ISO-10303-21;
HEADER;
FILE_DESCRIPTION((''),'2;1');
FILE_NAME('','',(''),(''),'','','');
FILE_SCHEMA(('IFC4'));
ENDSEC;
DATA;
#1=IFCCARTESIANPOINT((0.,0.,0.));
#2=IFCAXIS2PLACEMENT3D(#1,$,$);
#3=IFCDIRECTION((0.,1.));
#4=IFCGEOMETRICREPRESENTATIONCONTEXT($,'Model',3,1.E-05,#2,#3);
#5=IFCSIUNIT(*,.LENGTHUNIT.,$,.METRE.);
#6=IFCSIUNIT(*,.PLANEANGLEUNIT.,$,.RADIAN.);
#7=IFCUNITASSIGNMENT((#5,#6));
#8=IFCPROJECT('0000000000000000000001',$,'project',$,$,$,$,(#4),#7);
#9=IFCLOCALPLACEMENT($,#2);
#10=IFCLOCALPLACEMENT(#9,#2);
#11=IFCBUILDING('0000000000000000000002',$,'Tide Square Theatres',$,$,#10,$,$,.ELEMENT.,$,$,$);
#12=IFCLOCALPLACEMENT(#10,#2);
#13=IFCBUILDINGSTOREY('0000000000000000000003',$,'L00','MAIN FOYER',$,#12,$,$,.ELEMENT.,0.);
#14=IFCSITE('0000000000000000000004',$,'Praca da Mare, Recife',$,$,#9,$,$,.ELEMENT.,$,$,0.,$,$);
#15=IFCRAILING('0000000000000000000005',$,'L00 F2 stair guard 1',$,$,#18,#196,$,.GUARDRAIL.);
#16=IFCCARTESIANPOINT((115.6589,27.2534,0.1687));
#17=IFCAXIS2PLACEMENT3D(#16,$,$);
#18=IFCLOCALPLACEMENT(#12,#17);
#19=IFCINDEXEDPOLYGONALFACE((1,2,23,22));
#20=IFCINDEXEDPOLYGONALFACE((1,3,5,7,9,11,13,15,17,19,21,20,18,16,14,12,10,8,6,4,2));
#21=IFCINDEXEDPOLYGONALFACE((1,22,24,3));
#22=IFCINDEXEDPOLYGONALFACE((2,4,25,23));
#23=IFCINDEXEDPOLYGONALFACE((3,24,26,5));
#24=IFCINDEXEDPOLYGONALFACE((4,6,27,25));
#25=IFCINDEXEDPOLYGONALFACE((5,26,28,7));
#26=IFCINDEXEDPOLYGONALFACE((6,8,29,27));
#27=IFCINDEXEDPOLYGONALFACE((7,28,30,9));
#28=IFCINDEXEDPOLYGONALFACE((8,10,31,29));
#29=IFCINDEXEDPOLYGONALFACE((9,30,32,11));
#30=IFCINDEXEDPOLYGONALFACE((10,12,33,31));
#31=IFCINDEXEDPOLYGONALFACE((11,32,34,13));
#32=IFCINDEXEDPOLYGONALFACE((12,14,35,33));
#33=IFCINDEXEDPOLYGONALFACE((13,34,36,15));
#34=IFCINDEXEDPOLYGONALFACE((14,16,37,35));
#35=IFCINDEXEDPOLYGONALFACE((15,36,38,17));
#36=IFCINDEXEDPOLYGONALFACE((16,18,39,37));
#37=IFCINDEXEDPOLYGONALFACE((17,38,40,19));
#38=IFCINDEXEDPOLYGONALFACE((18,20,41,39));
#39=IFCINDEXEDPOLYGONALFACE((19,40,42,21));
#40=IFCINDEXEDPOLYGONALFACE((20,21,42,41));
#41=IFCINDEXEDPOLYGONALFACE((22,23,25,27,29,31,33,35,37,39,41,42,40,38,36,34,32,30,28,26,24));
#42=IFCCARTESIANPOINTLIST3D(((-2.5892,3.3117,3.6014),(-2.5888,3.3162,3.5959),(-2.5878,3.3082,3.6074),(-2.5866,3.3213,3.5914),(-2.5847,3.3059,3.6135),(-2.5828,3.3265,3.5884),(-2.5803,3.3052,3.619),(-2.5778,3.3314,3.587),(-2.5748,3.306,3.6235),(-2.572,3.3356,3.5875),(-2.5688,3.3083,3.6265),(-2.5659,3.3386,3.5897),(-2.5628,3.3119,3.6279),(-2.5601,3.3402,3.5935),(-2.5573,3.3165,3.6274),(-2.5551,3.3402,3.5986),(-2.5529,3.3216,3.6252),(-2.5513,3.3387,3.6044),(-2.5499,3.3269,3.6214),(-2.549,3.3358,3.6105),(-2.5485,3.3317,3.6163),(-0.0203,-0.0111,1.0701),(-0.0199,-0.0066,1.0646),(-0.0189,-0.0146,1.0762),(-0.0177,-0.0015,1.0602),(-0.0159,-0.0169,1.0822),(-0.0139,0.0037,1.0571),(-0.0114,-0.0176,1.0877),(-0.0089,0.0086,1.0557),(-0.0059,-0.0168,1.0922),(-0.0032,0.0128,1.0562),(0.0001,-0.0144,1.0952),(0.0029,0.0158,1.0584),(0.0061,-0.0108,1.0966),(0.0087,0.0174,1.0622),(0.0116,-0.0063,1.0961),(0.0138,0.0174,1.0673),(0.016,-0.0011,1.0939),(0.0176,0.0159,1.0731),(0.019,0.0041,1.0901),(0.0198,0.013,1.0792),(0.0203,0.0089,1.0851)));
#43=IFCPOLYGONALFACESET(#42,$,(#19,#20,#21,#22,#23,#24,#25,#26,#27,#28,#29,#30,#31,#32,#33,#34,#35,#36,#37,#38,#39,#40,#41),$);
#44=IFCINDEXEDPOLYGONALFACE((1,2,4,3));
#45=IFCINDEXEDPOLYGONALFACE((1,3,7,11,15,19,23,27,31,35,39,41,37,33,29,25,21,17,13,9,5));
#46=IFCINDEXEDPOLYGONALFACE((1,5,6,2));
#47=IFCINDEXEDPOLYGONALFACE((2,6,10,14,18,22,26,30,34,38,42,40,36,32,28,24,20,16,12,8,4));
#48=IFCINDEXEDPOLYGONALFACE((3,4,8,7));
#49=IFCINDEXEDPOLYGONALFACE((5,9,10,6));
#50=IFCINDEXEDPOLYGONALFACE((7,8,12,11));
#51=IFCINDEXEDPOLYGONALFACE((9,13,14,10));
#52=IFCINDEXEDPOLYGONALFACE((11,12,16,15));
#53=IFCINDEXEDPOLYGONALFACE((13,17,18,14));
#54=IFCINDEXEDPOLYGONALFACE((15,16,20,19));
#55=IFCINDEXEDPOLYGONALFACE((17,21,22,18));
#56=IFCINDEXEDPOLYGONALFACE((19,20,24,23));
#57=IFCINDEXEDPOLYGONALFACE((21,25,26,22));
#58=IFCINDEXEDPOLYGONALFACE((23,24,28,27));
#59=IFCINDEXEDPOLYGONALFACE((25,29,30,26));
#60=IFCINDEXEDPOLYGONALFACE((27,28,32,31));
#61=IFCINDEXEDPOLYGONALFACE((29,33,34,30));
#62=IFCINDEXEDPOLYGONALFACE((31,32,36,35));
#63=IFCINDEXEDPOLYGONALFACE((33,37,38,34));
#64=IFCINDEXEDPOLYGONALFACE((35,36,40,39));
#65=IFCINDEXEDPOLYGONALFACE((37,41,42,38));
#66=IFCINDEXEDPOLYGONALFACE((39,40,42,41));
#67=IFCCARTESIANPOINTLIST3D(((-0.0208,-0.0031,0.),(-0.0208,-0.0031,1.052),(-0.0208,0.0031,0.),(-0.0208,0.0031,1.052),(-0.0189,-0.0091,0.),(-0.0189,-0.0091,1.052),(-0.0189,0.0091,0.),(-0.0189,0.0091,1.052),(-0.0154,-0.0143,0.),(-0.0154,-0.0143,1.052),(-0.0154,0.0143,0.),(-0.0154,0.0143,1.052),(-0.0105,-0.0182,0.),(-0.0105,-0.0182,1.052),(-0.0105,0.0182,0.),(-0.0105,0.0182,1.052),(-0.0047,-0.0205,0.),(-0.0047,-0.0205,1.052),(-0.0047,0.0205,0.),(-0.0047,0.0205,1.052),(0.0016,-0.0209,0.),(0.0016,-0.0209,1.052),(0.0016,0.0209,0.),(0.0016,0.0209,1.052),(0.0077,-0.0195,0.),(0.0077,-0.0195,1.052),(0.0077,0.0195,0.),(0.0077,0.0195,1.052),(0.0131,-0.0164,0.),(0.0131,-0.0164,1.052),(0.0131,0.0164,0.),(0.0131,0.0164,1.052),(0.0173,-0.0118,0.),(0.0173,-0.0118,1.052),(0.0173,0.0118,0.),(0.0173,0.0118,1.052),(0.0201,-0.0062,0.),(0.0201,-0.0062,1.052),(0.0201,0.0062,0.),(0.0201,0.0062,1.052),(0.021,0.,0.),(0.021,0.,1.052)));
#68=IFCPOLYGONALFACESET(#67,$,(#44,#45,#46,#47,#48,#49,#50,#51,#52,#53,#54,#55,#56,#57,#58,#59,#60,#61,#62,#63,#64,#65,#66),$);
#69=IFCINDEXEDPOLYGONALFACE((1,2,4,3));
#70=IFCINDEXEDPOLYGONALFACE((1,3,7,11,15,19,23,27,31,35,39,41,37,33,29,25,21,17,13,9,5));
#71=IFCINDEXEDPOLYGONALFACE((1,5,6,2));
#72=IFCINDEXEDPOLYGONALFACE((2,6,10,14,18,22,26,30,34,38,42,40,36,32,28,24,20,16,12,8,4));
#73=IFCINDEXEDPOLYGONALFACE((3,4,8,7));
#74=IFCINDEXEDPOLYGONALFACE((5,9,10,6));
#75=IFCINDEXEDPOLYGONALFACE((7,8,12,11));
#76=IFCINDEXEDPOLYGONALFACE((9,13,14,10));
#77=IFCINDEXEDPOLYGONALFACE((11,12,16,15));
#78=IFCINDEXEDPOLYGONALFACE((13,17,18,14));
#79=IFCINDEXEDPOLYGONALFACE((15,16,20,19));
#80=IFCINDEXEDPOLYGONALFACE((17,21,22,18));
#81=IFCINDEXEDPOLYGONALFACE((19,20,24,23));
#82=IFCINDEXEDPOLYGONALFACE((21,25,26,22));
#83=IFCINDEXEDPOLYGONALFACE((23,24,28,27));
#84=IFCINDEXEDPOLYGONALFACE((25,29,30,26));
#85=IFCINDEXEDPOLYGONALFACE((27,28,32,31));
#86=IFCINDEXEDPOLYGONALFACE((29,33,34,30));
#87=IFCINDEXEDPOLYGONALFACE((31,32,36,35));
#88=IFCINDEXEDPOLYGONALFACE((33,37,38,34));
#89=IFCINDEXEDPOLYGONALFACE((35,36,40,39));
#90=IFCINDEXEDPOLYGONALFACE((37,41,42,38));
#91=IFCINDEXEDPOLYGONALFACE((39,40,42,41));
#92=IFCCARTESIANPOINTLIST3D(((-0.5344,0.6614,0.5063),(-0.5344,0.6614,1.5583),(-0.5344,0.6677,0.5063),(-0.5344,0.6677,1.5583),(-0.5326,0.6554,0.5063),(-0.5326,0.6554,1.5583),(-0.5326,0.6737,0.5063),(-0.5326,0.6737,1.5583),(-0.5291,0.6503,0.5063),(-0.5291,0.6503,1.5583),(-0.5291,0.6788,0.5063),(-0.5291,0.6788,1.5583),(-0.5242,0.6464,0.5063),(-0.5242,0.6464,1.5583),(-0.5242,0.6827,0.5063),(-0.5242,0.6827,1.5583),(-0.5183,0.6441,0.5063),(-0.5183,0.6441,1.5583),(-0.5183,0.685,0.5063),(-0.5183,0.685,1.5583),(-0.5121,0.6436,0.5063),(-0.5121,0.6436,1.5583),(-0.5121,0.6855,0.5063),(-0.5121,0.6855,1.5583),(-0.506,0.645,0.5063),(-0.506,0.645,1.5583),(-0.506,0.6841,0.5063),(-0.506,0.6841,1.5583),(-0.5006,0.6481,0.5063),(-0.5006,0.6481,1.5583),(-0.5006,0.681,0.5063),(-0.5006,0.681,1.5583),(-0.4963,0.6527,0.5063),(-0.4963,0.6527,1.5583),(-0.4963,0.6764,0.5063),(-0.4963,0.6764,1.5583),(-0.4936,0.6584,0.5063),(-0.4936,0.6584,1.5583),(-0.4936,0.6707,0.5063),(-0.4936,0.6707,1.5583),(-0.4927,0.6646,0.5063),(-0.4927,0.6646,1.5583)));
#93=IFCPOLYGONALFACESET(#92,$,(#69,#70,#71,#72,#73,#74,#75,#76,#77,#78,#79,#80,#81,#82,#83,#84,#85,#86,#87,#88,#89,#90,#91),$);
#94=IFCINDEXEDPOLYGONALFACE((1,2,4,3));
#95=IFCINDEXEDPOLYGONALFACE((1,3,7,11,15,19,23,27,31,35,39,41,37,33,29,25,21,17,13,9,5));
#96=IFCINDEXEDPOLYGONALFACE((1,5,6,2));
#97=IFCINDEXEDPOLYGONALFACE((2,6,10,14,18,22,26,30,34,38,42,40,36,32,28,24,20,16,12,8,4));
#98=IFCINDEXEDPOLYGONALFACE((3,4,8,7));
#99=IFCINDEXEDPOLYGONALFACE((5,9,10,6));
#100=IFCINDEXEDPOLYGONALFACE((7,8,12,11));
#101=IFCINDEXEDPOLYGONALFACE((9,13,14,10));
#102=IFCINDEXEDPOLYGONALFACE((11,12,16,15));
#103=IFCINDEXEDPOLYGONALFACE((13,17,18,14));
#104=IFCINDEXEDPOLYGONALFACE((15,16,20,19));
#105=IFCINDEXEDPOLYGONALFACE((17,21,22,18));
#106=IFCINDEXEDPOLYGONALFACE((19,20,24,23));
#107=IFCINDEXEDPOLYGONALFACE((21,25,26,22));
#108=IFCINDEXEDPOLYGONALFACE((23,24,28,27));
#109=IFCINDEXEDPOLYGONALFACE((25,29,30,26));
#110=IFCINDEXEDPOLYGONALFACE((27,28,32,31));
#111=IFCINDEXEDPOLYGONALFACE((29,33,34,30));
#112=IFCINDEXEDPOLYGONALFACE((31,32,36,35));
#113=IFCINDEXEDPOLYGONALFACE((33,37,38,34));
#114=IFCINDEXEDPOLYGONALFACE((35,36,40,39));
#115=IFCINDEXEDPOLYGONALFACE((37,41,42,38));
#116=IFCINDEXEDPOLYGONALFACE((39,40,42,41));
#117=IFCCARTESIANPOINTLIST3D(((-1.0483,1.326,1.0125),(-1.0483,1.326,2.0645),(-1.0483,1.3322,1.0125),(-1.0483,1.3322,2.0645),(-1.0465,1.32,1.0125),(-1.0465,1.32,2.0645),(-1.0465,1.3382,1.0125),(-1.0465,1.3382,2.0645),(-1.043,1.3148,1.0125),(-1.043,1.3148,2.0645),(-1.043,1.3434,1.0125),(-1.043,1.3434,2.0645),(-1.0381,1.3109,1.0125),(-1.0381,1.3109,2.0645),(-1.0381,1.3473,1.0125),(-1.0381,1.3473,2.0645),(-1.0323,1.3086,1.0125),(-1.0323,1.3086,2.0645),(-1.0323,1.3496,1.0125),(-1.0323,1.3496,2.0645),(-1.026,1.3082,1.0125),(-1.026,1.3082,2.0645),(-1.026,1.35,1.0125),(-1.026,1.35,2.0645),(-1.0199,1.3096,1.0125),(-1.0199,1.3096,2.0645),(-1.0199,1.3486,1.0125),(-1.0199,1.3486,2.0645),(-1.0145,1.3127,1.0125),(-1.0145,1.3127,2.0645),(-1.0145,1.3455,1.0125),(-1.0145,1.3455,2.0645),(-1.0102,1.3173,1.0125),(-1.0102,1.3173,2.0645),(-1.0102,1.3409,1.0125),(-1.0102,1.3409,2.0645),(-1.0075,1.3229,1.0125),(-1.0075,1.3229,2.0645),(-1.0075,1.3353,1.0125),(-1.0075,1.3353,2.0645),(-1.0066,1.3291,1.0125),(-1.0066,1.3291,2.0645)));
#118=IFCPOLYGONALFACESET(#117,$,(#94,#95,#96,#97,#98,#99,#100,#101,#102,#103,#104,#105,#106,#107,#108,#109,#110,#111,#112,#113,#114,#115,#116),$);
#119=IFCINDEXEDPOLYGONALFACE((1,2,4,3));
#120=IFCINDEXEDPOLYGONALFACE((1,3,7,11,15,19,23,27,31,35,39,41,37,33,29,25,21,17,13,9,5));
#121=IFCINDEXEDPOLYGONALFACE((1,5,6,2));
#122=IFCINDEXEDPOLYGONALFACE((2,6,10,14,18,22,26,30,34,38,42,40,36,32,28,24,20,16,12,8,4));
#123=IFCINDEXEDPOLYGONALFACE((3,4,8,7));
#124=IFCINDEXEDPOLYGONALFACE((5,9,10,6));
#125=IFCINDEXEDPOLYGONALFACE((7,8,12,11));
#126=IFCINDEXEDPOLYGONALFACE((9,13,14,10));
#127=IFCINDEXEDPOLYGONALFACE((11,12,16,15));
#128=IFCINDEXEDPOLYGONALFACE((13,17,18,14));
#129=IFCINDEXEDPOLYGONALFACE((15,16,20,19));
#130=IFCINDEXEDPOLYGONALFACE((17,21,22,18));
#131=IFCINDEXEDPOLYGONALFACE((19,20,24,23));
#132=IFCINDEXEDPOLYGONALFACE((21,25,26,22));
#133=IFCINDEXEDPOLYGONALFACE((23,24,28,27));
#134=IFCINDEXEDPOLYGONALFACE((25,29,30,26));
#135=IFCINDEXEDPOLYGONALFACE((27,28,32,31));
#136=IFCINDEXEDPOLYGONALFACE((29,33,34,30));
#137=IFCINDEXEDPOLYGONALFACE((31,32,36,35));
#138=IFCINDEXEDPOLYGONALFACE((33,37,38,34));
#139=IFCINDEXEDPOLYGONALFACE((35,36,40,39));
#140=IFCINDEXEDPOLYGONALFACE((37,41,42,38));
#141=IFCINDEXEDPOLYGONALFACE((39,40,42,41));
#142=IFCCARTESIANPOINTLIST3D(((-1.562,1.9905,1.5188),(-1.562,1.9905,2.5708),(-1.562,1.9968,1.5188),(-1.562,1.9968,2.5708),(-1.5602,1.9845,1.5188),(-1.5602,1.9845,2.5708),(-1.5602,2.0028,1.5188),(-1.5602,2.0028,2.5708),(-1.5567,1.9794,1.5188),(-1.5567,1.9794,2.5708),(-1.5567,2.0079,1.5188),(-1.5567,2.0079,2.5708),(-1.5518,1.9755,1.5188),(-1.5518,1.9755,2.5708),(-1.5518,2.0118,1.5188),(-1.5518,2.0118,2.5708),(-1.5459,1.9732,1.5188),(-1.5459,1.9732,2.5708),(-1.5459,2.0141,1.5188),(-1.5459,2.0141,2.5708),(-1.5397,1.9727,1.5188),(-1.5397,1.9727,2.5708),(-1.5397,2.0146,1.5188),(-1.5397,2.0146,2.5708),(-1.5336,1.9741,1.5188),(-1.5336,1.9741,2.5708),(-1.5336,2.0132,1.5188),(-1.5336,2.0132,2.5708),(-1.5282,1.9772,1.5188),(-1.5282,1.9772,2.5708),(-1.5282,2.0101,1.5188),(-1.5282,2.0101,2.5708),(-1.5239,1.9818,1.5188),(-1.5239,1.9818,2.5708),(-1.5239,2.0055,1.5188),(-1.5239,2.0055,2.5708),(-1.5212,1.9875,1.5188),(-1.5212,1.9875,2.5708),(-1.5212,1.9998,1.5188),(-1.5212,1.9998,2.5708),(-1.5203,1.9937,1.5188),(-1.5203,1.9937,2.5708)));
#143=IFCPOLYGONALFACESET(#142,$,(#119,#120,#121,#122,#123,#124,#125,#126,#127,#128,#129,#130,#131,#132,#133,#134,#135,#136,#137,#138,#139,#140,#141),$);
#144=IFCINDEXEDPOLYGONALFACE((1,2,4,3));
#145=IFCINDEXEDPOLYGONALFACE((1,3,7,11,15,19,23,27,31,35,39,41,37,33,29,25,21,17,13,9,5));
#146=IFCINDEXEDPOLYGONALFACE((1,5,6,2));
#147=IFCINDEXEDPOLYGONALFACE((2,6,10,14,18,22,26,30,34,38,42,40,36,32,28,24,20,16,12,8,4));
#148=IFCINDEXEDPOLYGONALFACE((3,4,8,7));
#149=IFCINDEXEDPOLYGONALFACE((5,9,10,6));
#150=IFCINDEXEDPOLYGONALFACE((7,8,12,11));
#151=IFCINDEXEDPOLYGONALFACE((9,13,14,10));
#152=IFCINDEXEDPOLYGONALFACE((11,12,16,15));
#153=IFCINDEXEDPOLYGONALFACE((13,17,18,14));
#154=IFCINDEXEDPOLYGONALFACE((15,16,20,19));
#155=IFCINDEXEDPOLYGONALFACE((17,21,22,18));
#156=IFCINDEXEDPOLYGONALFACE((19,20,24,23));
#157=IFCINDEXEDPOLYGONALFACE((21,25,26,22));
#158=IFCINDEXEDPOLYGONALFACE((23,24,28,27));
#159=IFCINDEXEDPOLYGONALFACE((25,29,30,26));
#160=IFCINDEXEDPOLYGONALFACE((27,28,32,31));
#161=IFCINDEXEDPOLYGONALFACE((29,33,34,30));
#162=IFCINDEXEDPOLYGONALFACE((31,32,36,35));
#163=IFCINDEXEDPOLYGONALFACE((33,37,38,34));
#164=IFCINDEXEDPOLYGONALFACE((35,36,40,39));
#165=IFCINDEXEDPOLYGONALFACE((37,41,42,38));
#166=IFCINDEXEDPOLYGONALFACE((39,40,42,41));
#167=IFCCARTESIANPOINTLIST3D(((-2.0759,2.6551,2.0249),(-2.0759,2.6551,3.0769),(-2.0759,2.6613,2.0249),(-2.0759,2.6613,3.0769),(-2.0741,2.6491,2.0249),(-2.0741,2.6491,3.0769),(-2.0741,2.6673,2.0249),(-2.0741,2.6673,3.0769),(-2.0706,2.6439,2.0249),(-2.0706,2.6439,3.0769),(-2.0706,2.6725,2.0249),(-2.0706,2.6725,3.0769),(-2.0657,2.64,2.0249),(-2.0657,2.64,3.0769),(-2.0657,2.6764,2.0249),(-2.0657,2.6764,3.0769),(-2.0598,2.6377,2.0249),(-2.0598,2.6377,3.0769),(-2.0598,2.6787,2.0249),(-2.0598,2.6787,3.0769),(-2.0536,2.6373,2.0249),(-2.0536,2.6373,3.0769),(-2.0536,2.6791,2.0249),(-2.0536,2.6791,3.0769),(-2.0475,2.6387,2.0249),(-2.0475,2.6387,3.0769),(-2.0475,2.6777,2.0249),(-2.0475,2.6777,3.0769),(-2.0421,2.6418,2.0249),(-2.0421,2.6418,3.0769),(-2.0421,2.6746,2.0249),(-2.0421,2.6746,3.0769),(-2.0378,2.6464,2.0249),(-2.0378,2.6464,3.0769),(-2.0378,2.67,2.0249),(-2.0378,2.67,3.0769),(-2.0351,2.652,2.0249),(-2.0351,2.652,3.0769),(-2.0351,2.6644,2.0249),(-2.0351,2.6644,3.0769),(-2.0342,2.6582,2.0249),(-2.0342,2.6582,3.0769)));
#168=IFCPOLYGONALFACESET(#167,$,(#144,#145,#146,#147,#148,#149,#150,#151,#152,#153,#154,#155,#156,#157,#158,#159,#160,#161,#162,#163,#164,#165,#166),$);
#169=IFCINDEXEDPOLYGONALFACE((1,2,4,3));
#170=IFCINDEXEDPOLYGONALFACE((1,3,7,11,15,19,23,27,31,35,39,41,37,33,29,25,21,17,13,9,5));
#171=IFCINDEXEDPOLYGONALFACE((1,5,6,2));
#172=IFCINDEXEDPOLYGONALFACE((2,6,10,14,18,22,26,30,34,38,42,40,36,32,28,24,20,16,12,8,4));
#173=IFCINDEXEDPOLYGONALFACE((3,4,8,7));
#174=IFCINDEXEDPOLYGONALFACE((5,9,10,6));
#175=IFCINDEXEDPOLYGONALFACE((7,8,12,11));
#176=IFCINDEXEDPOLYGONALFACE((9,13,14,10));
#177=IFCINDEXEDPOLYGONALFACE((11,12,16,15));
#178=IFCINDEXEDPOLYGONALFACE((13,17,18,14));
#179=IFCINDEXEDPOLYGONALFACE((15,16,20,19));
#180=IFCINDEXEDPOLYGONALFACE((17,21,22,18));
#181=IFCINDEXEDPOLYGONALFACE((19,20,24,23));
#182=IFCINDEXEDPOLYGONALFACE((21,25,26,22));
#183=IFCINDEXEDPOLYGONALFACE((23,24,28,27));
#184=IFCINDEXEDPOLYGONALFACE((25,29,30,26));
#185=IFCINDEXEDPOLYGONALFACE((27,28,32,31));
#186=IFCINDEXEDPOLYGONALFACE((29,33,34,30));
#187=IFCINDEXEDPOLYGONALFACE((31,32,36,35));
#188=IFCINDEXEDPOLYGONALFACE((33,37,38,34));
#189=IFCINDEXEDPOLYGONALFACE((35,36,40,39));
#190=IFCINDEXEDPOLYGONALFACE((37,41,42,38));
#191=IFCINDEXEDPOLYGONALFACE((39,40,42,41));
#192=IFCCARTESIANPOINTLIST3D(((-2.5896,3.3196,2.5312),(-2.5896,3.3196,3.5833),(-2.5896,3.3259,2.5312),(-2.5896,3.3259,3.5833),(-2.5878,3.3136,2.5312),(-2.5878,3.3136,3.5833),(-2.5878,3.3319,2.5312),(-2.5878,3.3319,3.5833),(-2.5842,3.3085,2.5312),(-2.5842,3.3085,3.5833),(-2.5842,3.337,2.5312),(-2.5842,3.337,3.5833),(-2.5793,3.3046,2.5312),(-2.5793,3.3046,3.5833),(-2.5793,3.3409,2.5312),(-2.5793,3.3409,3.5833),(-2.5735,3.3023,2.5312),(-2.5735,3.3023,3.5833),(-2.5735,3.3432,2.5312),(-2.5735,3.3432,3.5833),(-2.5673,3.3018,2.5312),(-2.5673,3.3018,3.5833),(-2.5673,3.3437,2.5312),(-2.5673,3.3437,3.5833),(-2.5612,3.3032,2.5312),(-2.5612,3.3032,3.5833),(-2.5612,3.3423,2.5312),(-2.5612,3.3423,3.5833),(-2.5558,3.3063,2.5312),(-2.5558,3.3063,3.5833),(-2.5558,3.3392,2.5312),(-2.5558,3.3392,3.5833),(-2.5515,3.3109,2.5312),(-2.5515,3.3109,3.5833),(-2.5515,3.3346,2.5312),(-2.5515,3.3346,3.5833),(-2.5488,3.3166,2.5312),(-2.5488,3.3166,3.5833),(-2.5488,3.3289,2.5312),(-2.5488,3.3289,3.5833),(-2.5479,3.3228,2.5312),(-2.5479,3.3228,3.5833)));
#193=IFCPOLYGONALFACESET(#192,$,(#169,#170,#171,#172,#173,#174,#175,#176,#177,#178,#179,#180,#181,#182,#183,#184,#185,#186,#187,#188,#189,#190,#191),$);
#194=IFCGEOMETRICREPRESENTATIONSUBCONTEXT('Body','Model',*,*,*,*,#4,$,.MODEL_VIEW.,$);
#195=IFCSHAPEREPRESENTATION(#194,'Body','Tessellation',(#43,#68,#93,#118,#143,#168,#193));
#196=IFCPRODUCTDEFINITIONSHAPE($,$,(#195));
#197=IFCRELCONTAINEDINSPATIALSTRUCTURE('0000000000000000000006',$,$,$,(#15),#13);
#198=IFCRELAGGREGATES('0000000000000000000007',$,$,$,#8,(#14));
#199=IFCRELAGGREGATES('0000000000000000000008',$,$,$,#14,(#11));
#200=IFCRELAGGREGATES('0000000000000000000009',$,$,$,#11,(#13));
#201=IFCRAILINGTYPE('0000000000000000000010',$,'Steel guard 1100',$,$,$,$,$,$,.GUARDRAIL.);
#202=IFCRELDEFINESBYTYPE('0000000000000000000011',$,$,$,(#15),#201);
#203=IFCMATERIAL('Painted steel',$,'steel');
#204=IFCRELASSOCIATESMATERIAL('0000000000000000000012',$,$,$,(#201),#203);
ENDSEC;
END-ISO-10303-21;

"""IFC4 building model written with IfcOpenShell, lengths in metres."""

from ifc_helpers import new_model, si_unit, direction, frame, origin, origin_2d, place, context, subcontext, project, spatial, circle, extrude, material, type_object, element, save


model = new_model("IFC4")

# Units and contexts
model_context = context("Model", 3, precision=1e-05, world=origin(), true_north=direction((0.0, 1.0)))
body_context = subcontext(model_context, "Body", "Model", "MODEL_VIEW")
ifc_project = project(units=[si_unit("LENGTHUNIT", "METRE"), si_unit("PLANEANGLEUNIT", "RADIAN")], contexts=[model_context])

# Site, building, storey
site_placement = place(None, origin())
site = spatial("IfcSite", under=ifc_project, at=site_placement, Name="Praca da Mare, Recife", CompositionType="ELEMENT", RefElevation=0.0)
building_placement = place(site_placement, origin())
building = spatial("IfcBuilding", under=site, at=building_placement, Name="Tide Square Theatres", CompositionType="ELEMENT")
storey_placement = place(building_placement, origin())
storey = spatial("IfcBuildingStorey", under=building, at=storey_placement, Name="L00", Description="MAIN FOYER", CompositionType="ELEMENT", Elevation=0.0)

# Railing
ifc_material_1 = material(Name="Painted steel", Category="steel")
railing_type_1 = type_object("IfcRailingType", Name="Steel guard 1100", PredefinedType="GUARDRAIL", material=ifc_material_1)
railing_1_placement = place(storey_placement, frame((115.6589, 27.2534, 0.1687)))
element("IfcRailing", 1, at=railing_1_placement, inside=storey, type_object=railing_type_1, Name="L00 F2 stair guard 1", PredefinedType="GUARDRAIL", context=body_context, shape_type="SweptSolid", body=[
    extrude(circle(Radius=0.0239, at=origin_2d()), frame((0.0, 0.0, 1.0762), z_axis=(-0.523852, 0.677593, 0.516185), x_axis=(-0.791139, -0.611636, 0.0)), (0.0, 0.0, 1.0), 4.9038),
    extrude(circle(Radius=0.021, at=origin_2d()), origin(), (0.0, 0.0, 1.0), 1.052),
    extrude(circle(Radius=0.021, at=origin_2d()), frame((-0.5137, 0.6646, 0.5063)), (0.0, 0.0, 1.0), 1.052),
    extrude(circle(Radius=0.021, at=origin_2d()), frame((-1.0276, 1.3291, 1.0125)), (0.0, 0.0, 1.0), 1.052),
    extrude(circle(Radius=0.021, at=origin_2d()), frame((-1.5413, 1.9937, 1.5188)), (0.0, 0.0, 1.0), 1.052),
    extrude(circle(Radius=0.021, at=origin_2d()), frame((-2.0552, 2.6582, 2.0249)), (0.0, 0.0, 1.0), 1.052),
    extrude(circle(Radius=0.021, at=origin_2d()), frame((-2.5688, 3.3228, 2.5312)), (0.0, 0.0, 1.0), 1.052),
])

save(model, "model.ifc")
